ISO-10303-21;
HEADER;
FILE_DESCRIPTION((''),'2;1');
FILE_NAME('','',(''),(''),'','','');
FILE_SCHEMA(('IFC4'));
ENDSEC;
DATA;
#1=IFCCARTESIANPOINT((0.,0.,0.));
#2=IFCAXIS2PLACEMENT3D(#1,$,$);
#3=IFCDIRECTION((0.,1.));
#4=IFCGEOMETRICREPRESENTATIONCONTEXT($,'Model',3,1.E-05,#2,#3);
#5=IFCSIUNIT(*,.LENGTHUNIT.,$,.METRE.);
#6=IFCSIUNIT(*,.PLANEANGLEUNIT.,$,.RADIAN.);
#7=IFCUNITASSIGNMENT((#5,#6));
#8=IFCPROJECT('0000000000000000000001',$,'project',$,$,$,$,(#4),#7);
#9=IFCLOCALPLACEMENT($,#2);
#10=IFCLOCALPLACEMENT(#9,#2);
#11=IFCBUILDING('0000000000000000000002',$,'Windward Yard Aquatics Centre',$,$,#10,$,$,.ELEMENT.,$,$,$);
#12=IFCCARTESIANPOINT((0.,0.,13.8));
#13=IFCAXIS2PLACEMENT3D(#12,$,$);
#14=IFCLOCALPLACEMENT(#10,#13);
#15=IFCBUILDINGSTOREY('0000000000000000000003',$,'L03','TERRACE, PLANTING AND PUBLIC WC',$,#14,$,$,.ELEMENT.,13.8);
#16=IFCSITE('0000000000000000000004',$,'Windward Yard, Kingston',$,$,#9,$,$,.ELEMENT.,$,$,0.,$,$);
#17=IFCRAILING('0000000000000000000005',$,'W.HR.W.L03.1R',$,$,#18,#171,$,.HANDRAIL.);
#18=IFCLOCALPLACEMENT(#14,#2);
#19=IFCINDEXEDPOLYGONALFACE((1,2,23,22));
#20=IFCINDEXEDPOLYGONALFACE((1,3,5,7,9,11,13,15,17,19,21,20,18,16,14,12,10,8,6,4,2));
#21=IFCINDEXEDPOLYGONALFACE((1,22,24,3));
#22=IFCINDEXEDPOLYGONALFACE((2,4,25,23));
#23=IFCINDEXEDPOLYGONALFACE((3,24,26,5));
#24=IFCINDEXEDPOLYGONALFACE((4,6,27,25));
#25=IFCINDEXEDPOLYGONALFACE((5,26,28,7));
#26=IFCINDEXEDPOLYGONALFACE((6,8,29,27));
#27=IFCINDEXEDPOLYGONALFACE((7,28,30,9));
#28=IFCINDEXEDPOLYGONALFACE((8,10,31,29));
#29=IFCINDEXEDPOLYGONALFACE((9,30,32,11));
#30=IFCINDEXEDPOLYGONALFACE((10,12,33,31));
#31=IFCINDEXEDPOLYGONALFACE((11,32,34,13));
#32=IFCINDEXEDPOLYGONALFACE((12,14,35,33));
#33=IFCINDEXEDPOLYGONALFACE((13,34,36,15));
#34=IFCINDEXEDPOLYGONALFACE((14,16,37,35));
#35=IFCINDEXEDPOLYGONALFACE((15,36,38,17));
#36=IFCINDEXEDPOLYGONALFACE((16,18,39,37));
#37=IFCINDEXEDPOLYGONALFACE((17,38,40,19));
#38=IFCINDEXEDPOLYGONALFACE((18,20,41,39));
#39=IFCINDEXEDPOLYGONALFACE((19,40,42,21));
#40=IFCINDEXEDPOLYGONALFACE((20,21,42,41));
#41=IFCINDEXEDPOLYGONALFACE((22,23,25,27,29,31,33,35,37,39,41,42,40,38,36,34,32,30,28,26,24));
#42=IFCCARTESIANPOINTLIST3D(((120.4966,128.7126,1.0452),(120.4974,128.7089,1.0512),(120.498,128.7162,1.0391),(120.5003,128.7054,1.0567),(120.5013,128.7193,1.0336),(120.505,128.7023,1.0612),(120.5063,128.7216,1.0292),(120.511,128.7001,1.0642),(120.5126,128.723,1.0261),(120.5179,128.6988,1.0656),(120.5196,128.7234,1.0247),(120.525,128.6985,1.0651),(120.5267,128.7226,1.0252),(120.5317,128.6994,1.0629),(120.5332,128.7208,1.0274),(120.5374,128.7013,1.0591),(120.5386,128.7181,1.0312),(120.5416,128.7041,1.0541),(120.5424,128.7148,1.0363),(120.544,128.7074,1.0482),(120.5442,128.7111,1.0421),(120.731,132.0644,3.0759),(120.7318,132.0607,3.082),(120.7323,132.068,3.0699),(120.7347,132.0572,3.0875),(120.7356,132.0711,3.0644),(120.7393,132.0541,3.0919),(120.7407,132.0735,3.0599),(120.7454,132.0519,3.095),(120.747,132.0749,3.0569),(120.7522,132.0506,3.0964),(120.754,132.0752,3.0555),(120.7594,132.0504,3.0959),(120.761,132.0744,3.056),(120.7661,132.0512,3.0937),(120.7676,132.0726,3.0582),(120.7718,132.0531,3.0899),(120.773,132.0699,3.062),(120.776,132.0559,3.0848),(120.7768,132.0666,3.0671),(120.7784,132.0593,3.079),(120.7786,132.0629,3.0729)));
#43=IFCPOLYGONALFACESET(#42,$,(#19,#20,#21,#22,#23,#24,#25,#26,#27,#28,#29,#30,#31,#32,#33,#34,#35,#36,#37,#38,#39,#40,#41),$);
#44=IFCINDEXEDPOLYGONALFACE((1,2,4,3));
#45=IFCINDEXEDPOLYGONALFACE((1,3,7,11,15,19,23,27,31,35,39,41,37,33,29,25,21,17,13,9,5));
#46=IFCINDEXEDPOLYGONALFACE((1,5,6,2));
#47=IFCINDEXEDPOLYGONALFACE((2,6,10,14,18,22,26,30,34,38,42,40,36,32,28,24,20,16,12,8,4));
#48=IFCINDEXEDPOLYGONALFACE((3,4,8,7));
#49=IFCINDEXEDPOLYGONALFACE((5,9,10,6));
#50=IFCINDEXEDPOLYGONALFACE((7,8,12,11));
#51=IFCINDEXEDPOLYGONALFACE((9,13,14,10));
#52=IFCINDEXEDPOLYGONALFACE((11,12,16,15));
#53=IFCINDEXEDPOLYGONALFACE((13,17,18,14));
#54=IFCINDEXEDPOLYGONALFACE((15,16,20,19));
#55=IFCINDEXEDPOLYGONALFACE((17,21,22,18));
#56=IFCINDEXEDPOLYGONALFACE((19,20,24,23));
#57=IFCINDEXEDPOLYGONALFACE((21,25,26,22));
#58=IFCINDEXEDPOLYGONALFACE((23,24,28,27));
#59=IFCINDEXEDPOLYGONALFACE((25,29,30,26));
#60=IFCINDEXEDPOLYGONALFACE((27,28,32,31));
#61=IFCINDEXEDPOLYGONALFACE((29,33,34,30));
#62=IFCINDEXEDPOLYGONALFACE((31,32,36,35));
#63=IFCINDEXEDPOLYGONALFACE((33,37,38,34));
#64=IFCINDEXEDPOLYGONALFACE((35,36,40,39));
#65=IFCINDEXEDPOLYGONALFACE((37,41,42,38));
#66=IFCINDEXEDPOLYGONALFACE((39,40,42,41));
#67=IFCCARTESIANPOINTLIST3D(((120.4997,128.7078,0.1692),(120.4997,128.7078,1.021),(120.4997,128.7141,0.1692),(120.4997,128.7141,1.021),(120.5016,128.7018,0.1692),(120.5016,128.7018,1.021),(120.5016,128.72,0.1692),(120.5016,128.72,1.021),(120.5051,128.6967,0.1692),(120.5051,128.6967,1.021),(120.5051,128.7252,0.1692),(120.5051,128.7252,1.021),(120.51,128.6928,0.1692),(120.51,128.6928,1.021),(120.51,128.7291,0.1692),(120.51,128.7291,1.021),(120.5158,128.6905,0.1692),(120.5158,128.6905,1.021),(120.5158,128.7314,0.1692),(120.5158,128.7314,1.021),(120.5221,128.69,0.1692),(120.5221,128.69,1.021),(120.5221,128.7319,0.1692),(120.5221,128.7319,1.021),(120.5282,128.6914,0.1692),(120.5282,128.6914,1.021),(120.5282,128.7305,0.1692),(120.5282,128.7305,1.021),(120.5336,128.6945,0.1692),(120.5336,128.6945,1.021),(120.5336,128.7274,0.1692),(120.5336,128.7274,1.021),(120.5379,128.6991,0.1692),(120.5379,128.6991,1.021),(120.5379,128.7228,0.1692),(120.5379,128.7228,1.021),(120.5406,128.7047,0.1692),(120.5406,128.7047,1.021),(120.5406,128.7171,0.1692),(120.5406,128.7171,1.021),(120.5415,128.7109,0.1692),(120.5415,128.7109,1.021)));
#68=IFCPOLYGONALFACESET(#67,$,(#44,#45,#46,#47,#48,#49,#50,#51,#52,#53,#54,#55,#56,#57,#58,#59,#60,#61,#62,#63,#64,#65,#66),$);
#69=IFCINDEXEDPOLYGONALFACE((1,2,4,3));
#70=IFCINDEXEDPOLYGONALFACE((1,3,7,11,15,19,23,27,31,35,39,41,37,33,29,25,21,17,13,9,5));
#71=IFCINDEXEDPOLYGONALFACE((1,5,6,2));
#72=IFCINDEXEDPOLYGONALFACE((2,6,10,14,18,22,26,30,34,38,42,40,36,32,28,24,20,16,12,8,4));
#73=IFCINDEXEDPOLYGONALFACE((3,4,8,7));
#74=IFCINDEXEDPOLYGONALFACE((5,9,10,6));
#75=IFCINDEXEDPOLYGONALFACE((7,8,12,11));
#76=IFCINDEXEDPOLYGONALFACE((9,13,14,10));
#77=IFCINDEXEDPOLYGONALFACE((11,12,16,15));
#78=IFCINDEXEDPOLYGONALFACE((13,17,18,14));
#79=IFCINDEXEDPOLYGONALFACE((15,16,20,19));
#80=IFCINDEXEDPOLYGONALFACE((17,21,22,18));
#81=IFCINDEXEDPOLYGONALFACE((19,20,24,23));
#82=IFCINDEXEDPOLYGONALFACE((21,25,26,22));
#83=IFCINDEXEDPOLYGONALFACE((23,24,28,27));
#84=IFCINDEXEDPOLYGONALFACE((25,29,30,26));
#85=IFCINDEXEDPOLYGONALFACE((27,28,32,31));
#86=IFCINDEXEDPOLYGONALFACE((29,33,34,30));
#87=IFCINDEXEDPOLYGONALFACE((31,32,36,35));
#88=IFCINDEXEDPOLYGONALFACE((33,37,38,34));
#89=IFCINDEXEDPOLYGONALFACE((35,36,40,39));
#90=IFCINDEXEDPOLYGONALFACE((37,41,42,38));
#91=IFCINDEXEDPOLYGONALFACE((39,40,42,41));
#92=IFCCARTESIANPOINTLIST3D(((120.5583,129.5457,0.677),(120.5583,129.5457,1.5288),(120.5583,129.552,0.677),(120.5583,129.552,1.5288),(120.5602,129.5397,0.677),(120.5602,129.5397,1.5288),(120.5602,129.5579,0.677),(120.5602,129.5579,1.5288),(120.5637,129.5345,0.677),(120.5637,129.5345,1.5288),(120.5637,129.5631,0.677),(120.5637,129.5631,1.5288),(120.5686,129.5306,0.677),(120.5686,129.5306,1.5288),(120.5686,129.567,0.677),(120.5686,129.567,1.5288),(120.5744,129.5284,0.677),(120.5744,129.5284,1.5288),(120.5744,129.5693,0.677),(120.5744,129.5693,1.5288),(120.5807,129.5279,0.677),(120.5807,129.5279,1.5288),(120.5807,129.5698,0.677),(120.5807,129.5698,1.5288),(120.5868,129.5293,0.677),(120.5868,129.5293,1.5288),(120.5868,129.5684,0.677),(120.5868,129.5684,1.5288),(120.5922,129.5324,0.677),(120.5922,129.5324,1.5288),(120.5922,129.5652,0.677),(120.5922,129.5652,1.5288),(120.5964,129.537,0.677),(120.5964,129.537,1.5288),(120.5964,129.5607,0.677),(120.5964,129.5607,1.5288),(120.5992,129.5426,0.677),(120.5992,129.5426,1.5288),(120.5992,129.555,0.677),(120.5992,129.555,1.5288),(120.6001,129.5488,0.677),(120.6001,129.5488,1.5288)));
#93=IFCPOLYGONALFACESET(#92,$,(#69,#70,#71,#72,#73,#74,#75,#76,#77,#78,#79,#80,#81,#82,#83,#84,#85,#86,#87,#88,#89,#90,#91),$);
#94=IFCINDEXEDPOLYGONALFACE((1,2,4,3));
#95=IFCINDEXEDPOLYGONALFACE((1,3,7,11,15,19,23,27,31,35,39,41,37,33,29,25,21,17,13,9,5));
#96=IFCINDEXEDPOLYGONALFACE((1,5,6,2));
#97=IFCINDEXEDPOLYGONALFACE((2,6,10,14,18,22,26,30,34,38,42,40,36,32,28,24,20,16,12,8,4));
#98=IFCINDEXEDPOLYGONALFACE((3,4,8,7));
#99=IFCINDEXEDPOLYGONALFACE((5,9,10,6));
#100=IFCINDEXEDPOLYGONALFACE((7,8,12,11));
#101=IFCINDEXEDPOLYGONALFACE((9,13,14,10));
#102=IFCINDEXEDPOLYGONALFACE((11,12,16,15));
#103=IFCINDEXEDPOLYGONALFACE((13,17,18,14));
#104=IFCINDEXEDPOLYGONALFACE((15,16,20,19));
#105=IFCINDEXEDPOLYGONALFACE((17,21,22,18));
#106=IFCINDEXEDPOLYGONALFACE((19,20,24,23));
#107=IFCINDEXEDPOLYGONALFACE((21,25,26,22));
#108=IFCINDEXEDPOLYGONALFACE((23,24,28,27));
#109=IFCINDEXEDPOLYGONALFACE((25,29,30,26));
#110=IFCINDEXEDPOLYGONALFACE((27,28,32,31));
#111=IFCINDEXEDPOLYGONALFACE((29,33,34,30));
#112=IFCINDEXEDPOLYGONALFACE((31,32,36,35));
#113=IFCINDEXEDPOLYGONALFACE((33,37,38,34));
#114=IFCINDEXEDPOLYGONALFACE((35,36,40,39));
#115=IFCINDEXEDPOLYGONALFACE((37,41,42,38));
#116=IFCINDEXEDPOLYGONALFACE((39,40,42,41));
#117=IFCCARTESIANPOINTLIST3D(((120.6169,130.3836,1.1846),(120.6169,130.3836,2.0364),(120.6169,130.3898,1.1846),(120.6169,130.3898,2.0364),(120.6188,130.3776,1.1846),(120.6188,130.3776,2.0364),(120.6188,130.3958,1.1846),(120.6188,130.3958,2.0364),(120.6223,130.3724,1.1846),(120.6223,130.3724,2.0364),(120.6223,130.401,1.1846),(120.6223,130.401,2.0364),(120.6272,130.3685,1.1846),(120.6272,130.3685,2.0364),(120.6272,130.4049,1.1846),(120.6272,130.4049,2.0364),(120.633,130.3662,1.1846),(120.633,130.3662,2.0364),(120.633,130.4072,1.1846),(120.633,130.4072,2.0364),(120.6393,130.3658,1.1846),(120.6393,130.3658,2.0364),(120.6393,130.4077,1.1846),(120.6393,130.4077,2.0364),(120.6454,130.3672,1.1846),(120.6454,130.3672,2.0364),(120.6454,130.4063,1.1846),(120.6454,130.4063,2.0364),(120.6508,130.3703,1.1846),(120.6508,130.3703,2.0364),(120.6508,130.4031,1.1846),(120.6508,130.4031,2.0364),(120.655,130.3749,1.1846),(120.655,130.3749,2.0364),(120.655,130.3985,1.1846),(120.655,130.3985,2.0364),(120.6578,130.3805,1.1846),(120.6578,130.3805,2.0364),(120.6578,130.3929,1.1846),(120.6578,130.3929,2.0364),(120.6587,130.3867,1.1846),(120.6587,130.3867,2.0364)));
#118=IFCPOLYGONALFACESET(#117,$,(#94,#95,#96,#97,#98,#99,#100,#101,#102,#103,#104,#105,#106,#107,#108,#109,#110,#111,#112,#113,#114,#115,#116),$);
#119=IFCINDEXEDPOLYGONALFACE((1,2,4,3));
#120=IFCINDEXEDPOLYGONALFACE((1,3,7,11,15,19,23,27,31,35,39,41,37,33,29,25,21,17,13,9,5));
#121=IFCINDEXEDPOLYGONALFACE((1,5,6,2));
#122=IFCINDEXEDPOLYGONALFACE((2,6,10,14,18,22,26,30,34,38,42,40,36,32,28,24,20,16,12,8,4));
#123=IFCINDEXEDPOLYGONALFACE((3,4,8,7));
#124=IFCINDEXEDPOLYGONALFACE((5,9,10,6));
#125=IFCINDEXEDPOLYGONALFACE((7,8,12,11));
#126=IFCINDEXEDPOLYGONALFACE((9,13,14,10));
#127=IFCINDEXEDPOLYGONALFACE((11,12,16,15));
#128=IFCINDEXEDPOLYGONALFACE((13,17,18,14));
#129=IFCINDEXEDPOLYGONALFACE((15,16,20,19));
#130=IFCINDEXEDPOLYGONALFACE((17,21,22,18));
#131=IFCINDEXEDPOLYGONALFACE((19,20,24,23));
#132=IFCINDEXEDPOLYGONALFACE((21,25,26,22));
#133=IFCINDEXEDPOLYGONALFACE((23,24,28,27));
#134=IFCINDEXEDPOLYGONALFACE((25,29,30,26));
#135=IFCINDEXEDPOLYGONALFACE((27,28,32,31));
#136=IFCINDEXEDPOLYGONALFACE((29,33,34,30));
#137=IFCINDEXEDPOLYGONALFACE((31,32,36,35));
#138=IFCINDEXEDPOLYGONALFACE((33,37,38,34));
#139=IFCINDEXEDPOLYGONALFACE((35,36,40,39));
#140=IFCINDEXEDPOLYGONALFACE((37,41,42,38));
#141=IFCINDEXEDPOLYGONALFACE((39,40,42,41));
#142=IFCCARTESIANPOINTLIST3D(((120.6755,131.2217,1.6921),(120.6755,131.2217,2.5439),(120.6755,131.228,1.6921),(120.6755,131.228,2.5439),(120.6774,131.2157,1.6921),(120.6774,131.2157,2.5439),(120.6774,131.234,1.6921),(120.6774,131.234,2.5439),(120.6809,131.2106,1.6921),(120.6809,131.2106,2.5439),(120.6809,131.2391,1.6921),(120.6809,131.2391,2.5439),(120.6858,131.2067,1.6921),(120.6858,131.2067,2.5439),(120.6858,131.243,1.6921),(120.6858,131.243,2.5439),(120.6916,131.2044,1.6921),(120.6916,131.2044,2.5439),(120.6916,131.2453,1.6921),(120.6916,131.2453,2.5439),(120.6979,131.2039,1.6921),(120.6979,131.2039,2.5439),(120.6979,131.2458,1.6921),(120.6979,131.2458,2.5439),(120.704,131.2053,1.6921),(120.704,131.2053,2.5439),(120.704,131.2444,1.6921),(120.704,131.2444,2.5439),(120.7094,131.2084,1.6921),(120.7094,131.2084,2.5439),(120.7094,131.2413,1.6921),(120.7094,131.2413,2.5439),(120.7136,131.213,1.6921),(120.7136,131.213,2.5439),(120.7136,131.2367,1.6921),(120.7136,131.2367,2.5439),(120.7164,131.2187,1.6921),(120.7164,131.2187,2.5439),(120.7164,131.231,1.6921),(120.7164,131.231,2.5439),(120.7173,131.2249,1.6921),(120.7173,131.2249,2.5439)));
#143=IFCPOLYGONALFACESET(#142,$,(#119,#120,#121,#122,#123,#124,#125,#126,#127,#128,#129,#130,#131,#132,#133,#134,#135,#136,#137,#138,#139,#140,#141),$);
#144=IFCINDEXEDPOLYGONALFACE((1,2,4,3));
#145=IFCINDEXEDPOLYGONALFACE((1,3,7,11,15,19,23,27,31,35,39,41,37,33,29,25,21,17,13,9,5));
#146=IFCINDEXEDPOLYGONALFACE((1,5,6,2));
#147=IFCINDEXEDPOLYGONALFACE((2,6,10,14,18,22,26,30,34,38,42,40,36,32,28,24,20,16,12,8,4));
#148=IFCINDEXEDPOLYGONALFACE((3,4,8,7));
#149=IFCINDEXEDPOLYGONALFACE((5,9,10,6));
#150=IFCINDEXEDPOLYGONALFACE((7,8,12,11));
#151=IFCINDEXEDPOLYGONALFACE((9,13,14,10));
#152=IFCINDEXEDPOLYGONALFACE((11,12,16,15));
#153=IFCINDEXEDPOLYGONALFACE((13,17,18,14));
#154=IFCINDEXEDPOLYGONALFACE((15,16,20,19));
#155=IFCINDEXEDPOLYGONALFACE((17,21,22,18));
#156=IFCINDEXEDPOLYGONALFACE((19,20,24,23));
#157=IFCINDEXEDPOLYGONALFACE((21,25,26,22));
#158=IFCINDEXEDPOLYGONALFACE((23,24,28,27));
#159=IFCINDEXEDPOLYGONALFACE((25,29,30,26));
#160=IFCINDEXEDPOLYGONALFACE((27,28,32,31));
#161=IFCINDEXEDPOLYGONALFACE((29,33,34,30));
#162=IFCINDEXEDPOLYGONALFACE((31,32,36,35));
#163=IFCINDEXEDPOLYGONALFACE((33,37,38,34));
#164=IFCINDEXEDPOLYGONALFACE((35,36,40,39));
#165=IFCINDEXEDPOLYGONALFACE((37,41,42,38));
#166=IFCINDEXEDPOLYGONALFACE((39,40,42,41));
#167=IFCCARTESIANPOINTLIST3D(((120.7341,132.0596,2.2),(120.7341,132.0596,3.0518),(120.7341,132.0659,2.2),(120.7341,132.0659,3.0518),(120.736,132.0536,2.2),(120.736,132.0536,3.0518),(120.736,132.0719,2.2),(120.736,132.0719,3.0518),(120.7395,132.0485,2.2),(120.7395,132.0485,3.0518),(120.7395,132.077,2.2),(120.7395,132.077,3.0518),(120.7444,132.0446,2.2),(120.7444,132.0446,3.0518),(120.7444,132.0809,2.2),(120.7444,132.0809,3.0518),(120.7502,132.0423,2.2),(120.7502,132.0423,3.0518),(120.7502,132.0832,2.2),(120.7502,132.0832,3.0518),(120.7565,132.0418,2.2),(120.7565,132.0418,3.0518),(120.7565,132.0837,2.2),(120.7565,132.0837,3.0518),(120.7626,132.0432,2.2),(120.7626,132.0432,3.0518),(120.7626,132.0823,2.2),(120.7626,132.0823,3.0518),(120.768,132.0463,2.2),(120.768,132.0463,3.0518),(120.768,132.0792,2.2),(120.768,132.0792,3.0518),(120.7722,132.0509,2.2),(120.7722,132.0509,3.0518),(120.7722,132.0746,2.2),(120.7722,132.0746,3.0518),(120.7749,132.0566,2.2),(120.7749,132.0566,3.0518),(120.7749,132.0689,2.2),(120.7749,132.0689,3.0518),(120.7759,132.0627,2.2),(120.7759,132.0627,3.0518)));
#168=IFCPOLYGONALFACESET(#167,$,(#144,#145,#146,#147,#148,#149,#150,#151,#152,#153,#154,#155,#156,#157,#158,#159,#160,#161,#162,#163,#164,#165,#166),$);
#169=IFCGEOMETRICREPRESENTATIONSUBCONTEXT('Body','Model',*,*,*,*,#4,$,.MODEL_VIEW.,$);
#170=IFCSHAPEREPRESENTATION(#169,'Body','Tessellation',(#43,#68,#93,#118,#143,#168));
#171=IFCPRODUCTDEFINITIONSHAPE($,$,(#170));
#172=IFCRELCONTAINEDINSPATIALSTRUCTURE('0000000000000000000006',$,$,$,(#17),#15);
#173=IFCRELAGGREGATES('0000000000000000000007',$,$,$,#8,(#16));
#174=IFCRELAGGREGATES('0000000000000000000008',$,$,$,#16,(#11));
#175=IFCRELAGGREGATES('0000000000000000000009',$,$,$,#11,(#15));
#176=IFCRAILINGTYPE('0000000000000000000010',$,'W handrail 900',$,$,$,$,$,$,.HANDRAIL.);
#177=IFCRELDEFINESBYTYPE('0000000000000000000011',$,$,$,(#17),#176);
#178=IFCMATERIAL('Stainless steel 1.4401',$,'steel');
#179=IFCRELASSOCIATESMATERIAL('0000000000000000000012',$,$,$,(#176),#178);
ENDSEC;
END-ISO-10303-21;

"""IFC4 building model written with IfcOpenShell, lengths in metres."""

from ifc_helpers import new_model, si_unit, direction, frame, origin, origin_2d, place, context, subcontext, project, spatial, circle, extrude, material, type_object, element, save


model = new_model("IFC4")

# Units and contexts
model_context = context("Model", 3, precision=1e-05, world=origin(), true_north=direction((0.0, 1.0)))
body_context = subcontext(model_context, "Body", "Model", "MODEL_VIEW")
ifc_project = project(units=[si_unit("LENGTHUNIT", "METRE"), si_unit("PLANEANGLEUNIT", "RADIAN")], contexts=[model_context])

# Site, building, storey
site_placement = place(None, origin())
site = spatial("IfcSite", under=ifc_project, at=site_placement, Name="Windward Yard, Kingston", CompositionType="ELEMENT", RefElevation=0.0)
building_placement = place(site_placement, origin())
building = spatial("IfcBuilding", under=site, at=building_placement, Name="Windward Yard Aquatics Centre", CompositionType="ELEMENT")
storey_placement = place(building_placement, frame((0.0, 0.0, 13.8)))
storey = spatial("IfcBuildingStorey", under=building, at=storey_placement, Name="L03", Description="TERRACE, PLANTING AND PUBLIC WC", CompositionType="ELEMENT", Elevation=13.8)

# Railing
ifc_material_1 = material(Name="Stainless steel 1.4401", Category="steel")
railing_type_1 = type_object("IfcRailingType", Name="W handrail 900", PredefinedType="HANDRAIL", material=ifc_material_1)
railing_1_placement = place(storey_placement, frame((120.5205, 128.7109, 0.1692)))
element("IfcRailing", 1, at=railing_1_placement, inside=storey, type_object=railing_type_1, Name="W.HR.W.L03.1R", PredefinedType="HANDRAIL", context=body_context, shape_type="SweptSolid", body=[
    extrude(circle(Radius=0.0239, at=origin_2d()), frame((0.0, 0.0, 0.876), z_axis=(0.059698, 0.853744, 0.517259), x_axis=(-0.997564, 0.069755, 0.0)), (0.0, 0.0, 1.0), 3.926),
    extrude(circle(Radius=0.021, at=origin_2d()), origin(), (0.0, 0.0, 1.0), 0.8518),
    extrude(circle(Radius=0.021, at=origin_2d()), frame((0.0586, 0.8379, 0.5078)), (0.0, 0.0, 1.0), 0.8518),
    extrude(circle(Radius=0.021, at=origin_2d()), frame((0.1172, 1.6758, 1.0154)), (0.0, 0.0, 1.0), 0.8518),
    extrude(circle(Radius=0.021, at=origin_2d()), frame((0.1758, 2.5139, 1.5229)), (0.0, 0.0, 1.0), 0.8518),
    extrude(circle(Radius=0.021, at=origin_2d()), frame((0.2344, 3.3518, 2.0308)), (0.0, 0.0, 1.0), 0.8518),
])

save(model, "model.ifc")
